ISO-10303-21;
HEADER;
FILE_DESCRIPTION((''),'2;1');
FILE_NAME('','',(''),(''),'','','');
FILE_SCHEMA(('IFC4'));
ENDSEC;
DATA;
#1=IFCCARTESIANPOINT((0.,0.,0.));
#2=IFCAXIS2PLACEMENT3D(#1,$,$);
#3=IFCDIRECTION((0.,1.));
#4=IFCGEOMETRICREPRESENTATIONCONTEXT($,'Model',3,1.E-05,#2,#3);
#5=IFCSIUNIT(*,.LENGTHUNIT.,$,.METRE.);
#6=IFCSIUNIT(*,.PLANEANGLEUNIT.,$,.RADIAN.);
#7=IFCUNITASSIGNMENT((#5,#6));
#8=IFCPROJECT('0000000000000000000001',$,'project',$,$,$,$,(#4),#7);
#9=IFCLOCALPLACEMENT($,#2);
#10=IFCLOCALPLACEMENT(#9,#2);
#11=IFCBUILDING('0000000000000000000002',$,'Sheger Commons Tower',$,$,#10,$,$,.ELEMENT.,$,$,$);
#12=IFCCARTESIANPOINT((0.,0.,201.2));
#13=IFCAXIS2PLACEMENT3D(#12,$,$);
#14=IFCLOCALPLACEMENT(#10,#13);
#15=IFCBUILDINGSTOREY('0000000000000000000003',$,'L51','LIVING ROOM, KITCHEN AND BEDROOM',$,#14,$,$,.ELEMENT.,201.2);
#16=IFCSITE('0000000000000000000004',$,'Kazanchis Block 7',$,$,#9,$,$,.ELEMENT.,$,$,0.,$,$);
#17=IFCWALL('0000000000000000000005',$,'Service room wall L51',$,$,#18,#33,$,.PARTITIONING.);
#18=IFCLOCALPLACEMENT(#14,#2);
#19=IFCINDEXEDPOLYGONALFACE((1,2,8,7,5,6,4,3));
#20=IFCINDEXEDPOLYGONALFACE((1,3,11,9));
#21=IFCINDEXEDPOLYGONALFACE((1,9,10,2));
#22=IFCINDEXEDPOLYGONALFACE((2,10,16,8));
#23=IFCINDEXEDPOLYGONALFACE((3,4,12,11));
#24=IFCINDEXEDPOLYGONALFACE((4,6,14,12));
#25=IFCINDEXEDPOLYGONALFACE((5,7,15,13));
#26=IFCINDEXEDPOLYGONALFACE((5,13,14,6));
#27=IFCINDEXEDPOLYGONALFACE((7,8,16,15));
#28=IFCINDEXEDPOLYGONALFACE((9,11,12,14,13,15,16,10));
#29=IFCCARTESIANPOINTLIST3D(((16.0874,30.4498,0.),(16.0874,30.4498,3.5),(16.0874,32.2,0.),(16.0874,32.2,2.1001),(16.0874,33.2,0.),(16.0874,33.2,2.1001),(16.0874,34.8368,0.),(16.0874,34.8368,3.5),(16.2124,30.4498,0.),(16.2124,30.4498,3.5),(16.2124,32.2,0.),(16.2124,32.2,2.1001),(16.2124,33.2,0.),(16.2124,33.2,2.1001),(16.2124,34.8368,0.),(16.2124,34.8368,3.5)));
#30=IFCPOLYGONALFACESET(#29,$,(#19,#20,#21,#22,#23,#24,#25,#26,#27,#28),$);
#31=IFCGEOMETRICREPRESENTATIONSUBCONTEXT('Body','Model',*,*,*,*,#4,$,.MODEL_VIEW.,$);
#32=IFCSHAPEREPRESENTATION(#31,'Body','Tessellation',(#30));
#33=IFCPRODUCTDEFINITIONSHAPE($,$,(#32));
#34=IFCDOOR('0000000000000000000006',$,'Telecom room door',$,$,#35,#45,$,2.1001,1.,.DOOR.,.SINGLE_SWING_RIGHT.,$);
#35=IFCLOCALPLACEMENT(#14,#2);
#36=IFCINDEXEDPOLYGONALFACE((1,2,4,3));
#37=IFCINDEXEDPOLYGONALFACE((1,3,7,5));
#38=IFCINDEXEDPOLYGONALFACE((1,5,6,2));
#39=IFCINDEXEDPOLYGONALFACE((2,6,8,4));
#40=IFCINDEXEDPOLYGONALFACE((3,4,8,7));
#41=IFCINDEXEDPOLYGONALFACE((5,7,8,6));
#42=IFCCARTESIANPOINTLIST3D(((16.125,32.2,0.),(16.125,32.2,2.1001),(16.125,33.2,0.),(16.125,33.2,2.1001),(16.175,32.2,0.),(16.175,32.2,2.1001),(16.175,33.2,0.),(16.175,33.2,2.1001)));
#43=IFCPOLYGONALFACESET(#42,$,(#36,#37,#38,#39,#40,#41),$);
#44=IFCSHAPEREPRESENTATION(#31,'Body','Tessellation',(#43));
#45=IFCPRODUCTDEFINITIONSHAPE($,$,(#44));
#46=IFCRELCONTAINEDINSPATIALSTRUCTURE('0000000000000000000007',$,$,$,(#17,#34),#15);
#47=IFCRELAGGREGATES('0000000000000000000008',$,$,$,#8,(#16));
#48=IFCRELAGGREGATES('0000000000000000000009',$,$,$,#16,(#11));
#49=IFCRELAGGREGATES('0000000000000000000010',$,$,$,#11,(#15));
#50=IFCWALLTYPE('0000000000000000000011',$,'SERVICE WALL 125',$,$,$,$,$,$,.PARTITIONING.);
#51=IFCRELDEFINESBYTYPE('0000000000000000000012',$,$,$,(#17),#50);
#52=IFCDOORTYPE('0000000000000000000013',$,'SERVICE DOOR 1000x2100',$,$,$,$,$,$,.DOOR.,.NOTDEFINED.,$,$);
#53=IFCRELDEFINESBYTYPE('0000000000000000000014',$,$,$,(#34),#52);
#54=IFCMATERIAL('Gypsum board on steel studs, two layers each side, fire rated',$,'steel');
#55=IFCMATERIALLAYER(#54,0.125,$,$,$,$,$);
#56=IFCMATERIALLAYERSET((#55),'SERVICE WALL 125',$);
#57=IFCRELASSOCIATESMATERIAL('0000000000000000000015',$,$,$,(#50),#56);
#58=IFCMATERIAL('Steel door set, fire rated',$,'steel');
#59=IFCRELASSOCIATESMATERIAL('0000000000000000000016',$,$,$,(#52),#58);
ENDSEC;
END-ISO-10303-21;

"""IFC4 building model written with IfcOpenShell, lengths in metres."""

from ifc_helpers import new_model, si_unit, direction, frame, frame_2d, origin, place, context, subcontext, project, spatial, rectangle, extrude, material, layer, layer_set, type_object, element, fill, save


model = new_model("IFC4")

# Units and contexts
model_context = context("Model", 3, precision=1e-05, world=origin(), true_north=direction((0.0, 1.0)))
body_context = subcontext(model_context, "Body", "Model", "MODEL_VIEW")
ifc_project = project(units=[si_unit("LENGTHUNIT", "METRE"), si_unit("PLANEANGLEUNIT", "RADIAN")], contexts=[model_context])

# Site, building, storey
site_placement = place(None, origin())
site = spatial("IfcSite", under=ifc_project, at=site_placement, Name="Kazanchis Block 7", CompositionType="ELEMENT", RefElevation=0.0)
building_placement = place(site_placement, origin())
building = spatial("IfcBuilding", under=site, at=building_placement, Name="Sheger Commons Tower", CompositionType="ELEMENT")
storey_placement = place(building_placement, frame((0.0, 0.0, 201.2)))
storey = spatial("IfcBuildingStorey", under=building, at=storey_placement, Name="L51", Description="LIVING ROOM, KITCHEN AND BEDROOM", CompositionType="ELEMENT", Elevation=201.2)

# Shared definitions
ifc_material_1 = material(Name="Gypsum board on steel studs, two layers each side, fire rated", Category="steel")
ifc_layer_1 = layer(ifc_material_1, 0.125)
ifc_layer_set_1 = layer_set([ifc_layer_1], Name="SERVICE WALL 125")
wall_type_1 = type_object("IfcWallType", Name="SERVICE WALL 125", PredefinedType="PARTITIONING", material=ifc_layer_set_1)
ifc_material_2 = material(Name="Steel door set, fire rated", Category="steel")
door_type_1 = type_object("IfcDoorType", Name="SERVICE DOOR 1000x2100", OperationType="NOTDEFINED", PredefinedType="DOOR", material=ifc_material_2)

# Wall, opening, door
wall_1_placement = place(storey_placement, frame((16.1499, 30.45, 0.0), z_axis=(0.0, 0.0, 1.0), x_axis=(0.0, 1.0, 0.0)))
wall_1 = element("IfcWall", 1, at=wall_1_placement, inside=storey, type_object=wall_type_1, Name="Service room wall L51", PredefinedType="PARTITIONING", context=body_context, shape_type="SweptSolid", body=[
    extrude(rectangle(XDim=4.387, YDim=0.125, at=frame_2d((2.1934, 0.0))), origin(), (0.0, 0.0, 1.0), 3.5),
])
opening_1_placement = place(wall_1_placement, frame((1.75, 0.0, 0.0)))
opening_1 = element("IfcOpeningElement", 2, at=opening_1_placement, cuts=wall_1, PredefinedType="OPENING", context=body_context, shape_type="SweptSolid", body=[
    extrude(rectangle(XDim=1.0, YDim=2.1001, at=frame_2d((0.5, 1.05))), frame((0.0, 0.0725, 0.0), z_axis=(0.0, -1.0, 0.0), x_axis=(1.0, 0.0, 0.0)), (0.0, 0.0, 1.0), 0.145),
])
door_1_placement = place(opening_1_placement, origin())
door_1 = element("IfcDoor", 3, at=door_1_placement, inside=storey, type_object=door_type_1, Name="Telecom room door", OperationType="SINGLE_SWING_RIGHT", OverallHeight=2.1001, OverallWidth=1.0, PredefinedType="DOOR", context=body_context, shape_type="SweptSolid", body=[
    extrude(rectangle(XDim=1.0, YDim=2.1001, at=frame_2d((0.5, 1.05))), frame((0.0, 0.0249, 0.0), z_axis=(0.0, -1.0, 0.0), x_axis=(1.0, 0.0, 0.0)), (0.0, 0.0, 1.0), 0.05),
])
fill(opening_1, door_1)

save(model, "model.ifc")
